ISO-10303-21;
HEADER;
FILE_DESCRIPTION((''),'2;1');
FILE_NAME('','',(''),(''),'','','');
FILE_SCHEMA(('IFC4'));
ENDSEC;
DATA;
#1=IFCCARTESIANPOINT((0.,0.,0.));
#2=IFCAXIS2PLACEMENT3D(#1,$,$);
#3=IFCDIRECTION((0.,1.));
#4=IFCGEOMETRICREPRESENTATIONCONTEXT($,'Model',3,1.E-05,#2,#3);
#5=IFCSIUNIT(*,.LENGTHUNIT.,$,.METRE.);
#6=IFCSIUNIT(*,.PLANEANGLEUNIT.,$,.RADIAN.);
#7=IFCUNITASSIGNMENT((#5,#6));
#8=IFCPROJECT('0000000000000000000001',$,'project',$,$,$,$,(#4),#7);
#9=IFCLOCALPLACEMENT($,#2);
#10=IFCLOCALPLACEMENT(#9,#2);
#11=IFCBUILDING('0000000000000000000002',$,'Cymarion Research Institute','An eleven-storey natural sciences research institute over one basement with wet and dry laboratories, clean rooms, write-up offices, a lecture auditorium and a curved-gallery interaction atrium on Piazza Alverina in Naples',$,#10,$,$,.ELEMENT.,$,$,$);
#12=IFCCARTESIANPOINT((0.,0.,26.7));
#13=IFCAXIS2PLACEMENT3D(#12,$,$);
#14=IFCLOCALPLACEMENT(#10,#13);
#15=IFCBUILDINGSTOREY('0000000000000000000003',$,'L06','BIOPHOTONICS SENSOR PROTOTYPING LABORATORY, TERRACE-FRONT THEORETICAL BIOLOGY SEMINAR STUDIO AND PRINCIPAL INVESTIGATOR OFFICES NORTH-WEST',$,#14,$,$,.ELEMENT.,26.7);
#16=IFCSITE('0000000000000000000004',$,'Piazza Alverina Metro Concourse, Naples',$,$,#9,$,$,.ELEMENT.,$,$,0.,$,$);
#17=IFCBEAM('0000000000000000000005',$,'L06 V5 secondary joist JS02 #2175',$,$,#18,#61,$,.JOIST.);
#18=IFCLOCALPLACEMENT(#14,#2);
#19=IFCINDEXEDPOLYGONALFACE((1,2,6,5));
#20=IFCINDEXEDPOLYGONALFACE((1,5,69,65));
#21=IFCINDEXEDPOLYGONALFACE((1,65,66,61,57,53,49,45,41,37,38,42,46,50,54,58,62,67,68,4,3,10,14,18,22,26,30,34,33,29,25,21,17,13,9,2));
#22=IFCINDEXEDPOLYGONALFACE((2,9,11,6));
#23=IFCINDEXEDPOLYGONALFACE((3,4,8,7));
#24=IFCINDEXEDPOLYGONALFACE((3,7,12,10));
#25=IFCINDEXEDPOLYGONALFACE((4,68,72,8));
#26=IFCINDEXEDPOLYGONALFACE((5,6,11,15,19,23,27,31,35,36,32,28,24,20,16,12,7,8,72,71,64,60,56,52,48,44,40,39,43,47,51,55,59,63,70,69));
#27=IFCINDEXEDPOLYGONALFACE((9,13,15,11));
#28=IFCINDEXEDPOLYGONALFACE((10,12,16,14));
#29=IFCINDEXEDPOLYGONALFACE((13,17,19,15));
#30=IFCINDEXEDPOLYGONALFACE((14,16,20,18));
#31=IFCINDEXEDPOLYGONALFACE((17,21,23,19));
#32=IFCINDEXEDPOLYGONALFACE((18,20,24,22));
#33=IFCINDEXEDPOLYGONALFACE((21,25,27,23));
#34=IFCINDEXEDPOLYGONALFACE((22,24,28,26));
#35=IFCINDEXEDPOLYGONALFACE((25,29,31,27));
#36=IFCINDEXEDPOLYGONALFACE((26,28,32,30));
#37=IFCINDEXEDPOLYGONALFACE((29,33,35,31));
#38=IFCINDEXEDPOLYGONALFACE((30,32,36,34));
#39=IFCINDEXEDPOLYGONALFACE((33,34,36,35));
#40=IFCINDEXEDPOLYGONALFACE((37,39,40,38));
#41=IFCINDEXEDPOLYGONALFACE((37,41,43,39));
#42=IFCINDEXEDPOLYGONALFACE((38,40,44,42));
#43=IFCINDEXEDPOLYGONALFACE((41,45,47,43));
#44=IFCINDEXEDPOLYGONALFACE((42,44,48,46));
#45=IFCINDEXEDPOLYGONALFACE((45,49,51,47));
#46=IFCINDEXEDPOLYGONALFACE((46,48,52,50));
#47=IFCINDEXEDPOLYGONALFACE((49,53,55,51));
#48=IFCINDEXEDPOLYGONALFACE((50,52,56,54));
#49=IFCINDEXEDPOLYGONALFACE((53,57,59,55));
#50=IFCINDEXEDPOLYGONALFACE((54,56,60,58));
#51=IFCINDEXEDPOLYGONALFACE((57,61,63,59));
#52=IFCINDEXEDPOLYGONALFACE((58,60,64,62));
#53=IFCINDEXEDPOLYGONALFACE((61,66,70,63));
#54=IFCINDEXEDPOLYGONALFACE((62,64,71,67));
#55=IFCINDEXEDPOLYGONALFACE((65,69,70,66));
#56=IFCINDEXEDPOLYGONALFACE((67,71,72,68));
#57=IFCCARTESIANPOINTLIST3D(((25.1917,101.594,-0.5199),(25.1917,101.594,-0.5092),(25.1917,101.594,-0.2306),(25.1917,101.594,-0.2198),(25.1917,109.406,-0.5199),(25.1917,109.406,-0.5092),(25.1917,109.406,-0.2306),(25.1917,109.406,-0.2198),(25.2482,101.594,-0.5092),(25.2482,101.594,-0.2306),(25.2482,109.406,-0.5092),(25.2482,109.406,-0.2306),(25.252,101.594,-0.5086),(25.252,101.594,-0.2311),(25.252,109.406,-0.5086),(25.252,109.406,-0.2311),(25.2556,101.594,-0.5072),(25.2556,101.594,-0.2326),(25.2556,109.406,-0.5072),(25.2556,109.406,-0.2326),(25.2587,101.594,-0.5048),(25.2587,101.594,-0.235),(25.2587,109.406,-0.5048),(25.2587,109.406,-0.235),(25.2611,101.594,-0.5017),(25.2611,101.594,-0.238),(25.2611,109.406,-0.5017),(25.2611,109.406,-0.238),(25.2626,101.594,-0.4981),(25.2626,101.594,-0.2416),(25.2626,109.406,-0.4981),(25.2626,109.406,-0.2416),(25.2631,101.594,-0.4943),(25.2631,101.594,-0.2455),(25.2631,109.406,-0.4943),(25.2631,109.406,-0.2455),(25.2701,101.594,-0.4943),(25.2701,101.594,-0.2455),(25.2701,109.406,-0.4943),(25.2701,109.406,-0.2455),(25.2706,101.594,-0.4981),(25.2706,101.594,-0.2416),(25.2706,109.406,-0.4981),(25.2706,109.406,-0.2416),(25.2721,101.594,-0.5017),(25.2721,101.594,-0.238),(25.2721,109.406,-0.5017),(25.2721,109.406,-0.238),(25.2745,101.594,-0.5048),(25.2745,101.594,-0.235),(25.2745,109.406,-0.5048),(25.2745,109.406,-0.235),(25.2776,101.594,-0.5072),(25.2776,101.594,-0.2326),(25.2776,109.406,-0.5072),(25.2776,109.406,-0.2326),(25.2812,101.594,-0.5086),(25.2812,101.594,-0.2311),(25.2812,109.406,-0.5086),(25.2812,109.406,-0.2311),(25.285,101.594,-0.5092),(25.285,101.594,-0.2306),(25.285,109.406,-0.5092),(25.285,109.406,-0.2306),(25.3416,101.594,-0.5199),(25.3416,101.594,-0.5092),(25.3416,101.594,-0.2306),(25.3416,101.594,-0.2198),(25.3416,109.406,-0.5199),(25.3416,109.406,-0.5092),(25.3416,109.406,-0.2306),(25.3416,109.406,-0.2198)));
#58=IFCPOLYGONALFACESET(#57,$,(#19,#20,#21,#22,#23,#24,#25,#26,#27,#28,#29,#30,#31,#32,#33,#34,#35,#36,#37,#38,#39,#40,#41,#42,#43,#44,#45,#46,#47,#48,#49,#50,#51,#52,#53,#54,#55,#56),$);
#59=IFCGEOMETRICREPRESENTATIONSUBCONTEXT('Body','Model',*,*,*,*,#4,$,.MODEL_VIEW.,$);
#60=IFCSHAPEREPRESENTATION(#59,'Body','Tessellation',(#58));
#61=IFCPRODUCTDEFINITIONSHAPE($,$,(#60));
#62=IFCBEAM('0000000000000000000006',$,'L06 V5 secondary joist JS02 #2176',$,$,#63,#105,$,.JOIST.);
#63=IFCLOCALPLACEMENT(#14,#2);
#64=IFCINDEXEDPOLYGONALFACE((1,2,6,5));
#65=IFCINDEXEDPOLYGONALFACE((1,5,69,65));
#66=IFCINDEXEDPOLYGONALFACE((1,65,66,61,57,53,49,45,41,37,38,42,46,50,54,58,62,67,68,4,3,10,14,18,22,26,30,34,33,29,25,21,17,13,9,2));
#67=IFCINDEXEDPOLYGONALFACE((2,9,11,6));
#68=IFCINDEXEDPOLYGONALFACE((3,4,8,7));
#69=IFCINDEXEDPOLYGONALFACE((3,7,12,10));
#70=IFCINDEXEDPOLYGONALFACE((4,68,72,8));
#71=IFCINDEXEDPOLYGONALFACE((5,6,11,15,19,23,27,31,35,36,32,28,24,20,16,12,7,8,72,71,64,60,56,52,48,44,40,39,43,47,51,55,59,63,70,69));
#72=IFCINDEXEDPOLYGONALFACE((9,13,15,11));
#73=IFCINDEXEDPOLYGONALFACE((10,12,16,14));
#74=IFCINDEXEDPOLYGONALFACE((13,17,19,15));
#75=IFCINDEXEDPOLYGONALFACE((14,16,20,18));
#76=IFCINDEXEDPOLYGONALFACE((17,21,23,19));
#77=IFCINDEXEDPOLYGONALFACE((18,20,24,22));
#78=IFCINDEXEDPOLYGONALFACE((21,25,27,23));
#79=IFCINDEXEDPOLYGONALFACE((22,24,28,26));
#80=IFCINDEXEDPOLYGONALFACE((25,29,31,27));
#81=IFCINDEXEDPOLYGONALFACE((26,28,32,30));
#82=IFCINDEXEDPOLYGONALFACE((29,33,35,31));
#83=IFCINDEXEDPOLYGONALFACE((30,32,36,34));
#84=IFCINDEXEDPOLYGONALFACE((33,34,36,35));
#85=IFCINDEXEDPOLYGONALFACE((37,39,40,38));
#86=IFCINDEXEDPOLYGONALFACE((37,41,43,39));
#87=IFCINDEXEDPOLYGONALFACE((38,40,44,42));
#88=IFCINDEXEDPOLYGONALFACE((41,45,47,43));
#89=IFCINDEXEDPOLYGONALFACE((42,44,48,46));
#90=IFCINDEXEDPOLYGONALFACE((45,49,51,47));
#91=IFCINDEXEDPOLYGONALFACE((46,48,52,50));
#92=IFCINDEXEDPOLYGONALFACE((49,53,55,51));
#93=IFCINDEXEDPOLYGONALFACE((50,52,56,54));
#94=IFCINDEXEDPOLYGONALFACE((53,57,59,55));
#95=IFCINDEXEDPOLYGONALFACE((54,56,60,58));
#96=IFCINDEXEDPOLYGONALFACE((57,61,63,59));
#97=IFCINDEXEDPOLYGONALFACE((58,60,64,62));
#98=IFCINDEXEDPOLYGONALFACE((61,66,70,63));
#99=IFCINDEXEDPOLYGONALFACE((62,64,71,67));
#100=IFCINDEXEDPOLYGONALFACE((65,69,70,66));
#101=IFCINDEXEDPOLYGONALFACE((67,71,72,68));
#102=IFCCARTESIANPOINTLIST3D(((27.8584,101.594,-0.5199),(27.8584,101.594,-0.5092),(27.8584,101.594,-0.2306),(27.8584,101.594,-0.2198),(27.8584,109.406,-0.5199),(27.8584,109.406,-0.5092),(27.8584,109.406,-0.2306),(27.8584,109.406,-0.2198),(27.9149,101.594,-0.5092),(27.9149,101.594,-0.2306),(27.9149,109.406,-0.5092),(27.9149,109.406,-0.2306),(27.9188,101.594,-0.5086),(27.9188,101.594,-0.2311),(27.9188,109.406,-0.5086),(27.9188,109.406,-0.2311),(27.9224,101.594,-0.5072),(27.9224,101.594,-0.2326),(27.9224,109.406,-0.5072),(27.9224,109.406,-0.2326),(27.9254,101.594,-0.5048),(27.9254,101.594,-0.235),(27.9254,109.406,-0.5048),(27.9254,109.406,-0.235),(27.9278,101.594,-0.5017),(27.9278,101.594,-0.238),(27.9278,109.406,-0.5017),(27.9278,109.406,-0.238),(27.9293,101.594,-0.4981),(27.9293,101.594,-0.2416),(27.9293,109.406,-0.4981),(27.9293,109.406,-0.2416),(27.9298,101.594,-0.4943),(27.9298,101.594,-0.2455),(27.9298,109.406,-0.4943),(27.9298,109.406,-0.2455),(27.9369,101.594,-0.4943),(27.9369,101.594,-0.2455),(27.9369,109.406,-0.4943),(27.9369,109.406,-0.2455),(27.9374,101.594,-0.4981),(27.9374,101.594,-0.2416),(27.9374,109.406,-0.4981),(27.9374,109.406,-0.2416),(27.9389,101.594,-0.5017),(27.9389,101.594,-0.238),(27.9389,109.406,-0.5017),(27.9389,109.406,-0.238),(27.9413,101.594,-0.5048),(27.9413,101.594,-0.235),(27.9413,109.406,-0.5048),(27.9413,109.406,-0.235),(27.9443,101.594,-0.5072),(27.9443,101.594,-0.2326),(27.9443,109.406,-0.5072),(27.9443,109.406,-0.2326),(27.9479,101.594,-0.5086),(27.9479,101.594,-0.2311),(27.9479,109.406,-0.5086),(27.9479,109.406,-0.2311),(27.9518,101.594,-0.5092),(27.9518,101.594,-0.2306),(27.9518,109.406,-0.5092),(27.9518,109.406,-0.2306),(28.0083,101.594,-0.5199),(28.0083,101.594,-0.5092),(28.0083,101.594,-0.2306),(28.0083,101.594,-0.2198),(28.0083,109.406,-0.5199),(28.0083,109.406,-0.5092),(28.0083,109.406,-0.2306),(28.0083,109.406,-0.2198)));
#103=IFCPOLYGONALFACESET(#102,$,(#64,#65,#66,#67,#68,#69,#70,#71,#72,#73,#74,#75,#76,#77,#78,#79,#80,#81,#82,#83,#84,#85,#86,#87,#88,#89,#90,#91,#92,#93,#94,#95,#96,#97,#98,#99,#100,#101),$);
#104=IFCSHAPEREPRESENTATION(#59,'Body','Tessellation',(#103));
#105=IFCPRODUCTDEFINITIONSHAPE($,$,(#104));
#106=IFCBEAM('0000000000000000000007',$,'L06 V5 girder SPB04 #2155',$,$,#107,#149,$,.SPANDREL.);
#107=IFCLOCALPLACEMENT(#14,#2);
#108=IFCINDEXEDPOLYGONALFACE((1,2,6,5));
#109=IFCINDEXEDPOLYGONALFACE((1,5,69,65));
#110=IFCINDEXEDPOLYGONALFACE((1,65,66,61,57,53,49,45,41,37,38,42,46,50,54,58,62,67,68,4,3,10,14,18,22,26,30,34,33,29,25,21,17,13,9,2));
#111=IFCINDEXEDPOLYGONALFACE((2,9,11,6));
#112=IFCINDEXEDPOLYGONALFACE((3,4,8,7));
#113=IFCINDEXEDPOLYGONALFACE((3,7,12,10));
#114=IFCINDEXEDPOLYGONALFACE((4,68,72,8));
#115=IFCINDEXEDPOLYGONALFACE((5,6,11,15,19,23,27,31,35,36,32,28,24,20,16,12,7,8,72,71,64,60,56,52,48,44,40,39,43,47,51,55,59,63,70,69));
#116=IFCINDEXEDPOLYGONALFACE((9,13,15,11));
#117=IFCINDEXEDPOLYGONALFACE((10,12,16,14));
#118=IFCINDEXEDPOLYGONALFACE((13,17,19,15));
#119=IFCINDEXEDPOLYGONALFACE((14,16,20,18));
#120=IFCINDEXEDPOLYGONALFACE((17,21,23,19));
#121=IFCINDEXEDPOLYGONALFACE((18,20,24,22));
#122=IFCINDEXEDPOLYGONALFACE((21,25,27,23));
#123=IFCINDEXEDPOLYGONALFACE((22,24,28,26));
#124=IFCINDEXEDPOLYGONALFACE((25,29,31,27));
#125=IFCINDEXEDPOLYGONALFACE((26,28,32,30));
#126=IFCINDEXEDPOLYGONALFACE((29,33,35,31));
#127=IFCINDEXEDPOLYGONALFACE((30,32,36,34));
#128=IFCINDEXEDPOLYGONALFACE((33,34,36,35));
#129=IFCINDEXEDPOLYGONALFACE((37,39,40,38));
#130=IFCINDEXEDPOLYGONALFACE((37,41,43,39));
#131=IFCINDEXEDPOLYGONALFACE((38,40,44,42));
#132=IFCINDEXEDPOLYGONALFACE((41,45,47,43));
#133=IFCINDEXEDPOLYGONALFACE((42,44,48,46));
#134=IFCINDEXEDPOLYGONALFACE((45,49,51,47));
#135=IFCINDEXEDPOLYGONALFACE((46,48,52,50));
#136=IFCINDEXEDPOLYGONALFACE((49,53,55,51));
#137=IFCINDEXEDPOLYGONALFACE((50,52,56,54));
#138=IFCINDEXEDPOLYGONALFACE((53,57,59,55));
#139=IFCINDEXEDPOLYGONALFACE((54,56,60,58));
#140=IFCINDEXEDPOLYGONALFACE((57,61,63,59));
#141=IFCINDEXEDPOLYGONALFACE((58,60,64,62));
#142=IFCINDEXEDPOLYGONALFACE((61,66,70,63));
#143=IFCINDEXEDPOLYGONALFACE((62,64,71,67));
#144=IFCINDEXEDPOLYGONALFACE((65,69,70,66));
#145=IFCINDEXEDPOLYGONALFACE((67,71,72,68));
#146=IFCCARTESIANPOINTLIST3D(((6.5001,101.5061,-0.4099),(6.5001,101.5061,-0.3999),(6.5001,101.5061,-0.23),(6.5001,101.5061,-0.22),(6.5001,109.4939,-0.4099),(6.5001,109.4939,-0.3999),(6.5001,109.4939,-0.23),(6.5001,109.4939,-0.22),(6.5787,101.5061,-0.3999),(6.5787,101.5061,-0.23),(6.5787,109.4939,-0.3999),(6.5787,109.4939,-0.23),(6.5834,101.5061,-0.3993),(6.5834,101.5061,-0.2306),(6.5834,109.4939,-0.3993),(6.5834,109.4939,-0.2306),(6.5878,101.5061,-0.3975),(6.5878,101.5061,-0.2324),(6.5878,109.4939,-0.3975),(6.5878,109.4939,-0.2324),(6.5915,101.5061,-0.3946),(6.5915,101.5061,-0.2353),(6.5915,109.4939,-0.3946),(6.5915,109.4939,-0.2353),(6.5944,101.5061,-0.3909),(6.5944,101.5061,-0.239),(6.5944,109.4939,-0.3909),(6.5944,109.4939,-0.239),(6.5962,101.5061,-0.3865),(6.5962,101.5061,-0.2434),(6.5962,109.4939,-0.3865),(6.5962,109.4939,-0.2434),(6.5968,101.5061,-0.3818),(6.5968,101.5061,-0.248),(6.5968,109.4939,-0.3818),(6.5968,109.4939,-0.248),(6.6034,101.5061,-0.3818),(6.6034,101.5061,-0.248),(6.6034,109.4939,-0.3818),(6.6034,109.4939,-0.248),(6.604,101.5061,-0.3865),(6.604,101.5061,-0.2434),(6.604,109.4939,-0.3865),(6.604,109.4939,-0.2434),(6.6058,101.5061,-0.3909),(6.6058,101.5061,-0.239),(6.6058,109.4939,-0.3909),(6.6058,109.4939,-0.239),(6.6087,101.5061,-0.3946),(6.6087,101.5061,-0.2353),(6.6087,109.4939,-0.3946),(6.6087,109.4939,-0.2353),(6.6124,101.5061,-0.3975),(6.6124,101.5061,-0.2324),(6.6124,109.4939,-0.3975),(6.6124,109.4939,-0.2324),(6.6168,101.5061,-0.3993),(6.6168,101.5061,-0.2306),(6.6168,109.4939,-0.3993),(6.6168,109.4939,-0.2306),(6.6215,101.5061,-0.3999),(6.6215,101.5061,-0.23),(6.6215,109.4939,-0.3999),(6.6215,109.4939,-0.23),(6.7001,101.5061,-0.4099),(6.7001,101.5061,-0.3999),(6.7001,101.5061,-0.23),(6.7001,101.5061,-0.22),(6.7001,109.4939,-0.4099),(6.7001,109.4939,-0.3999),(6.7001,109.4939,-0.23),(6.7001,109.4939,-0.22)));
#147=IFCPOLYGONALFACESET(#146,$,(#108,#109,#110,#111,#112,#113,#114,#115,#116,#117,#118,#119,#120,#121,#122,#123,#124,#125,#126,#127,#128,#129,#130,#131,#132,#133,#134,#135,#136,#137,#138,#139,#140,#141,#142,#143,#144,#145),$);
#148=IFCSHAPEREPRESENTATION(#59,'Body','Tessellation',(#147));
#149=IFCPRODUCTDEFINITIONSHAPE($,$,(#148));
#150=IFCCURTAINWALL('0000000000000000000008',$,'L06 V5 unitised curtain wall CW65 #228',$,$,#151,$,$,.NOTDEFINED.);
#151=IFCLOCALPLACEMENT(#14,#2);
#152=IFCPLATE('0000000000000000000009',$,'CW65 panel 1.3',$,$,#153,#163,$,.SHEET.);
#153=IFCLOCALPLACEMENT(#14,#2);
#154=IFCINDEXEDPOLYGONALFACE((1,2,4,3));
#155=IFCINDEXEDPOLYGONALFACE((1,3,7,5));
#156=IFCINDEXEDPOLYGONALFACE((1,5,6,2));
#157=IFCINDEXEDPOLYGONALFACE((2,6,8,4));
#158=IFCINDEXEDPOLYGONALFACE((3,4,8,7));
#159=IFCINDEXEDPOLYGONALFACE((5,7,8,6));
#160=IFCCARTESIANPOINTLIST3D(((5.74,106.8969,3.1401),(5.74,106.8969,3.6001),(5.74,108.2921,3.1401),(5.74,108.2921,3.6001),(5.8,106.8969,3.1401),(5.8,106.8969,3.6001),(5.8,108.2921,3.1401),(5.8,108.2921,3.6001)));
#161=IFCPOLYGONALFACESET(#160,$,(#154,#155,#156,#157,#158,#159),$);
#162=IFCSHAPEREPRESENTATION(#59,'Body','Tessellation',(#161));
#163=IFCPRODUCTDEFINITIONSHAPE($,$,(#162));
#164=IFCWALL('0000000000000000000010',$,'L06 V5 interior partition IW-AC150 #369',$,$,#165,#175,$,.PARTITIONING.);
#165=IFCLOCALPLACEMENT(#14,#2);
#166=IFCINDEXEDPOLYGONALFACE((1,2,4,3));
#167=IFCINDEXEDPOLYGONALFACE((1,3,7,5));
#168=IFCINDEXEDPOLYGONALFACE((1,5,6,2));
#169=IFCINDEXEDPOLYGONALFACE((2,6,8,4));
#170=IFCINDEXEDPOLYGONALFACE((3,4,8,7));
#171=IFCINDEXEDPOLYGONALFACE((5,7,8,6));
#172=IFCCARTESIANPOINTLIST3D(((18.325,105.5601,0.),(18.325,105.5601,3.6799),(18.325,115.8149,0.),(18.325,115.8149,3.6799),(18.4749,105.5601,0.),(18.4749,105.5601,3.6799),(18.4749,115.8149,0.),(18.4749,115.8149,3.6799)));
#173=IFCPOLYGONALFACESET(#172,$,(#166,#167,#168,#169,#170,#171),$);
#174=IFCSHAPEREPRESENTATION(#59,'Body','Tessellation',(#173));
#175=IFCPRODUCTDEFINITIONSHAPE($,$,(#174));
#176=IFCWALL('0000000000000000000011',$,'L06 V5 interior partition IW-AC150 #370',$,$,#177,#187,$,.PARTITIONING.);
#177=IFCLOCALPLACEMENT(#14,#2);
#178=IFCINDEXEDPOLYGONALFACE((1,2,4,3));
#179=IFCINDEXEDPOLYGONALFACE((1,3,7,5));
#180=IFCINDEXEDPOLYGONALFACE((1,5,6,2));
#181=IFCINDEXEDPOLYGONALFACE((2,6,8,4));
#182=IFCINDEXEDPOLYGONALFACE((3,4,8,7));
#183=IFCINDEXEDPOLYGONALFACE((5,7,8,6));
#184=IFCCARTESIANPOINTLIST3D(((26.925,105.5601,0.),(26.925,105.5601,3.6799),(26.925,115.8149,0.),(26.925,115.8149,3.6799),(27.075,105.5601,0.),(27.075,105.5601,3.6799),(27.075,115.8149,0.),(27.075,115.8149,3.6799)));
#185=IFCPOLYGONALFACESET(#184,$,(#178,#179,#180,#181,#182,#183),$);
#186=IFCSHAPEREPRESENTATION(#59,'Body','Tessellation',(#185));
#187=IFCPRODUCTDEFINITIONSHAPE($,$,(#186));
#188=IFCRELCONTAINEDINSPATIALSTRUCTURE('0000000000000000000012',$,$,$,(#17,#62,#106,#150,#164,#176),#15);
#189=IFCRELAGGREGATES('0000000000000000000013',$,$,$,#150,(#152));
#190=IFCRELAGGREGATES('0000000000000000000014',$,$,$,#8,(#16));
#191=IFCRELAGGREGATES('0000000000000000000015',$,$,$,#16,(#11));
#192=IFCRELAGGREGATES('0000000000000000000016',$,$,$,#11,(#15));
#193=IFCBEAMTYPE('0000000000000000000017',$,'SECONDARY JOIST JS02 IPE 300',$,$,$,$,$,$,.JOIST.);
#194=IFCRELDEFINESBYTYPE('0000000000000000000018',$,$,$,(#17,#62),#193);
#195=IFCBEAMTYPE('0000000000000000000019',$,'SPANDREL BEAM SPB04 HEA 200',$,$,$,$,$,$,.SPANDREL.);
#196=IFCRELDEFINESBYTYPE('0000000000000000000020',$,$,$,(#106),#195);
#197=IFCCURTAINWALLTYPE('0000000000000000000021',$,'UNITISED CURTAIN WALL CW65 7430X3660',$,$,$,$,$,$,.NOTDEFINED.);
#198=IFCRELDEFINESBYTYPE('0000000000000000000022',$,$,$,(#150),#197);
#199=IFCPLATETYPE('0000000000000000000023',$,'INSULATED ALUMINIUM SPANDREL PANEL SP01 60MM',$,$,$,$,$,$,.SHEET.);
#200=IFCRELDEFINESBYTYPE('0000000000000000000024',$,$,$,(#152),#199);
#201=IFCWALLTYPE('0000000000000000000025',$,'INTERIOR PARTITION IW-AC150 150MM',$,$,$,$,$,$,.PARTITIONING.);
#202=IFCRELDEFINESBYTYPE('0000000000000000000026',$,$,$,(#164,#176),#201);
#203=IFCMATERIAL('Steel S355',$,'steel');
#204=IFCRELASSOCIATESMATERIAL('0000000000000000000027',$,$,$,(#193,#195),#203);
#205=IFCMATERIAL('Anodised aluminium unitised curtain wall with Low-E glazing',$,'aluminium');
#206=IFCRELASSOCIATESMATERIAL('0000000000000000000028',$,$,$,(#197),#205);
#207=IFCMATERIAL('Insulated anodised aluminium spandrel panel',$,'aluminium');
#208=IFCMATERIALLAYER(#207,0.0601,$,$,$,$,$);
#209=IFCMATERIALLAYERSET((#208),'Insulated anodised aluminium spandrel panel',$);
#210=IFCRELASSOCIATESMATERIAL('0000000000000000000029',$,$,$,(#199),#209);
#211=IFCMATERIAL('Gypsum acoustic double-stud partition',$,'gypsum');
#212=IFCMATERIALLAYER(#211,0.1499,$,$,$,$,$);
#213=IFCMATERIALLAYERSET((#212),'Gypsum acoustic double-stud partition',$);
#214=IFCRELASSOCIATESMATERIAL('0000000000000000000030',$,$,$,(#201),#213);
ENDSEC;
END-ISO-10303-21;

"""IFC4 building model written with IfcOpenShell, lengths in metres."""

from ifc_helpers import new_model, si_unit, direction, frame, frame_2d, origin, origin_2d, place, context, subcontext, project, spatial, rectangle, i_section, extrude, material, layer, layer_set, material_profile, profile_set, type_object, element, aggregate, save


model = new_model("IFC4")

# Units and contexts
model_context = context("Model", 3, precision=1e-05, world=origin(), true_north=direction((0.0, 1.0)))
body_context = subcontext(model_context, "Body", "Model", "MODEL_VIEW")
ifc_project = project(units=[si_unit("LENGTHUNIT", "METRE"), si_unit("PLANEANGLEUNIT", "RADIAN")], contexts=[model_context])

# Site, building, storey
site_placement = place(None, origin())
site = spatial("IfcSite", under=ifc_project, at=site_placement, Name="Piazza Alverina Metro Concourse, Naples", CompositionType="ELEMENT", RefElevation=0.0)
building_placement = place(site_placement, origin())
building = spatial("IfcBuilding", under=site, at=building_placement, Name="Cymarion Research Institute", Description="An eleven-storey natural sciences research institute over one basement with wet and dry laboratories, clean rooms, write-up offices, a lecture auditorium and a curved-gallery interaction atrium on Piazza Alverina in Naples", CompositionType="ELEMENT")
storey_placement = place(building_placement, frame((0.0, 0.0, 26.7)))
storey = spatial("IfcBuildingStorey", under=building, at=storey_placement, Name="L06", Description="BIOPHOTONICS SENSOR PROTOTYPING LABORATORY, TERRACE-FRONT THEORETICAL BIOLOGY SEMINAR STUDIO AND PRINCIPAL INVESTIGATOR OFFICES NORTH-WEST", CompositionType="ELEMENT", Elevation=26.7)

# Shared definitions
ifc_material_1 = material(Name="Steel S355", Category="steel")

# Beams
ifc_material_profile_1 = material_profile(ifc_material_1, i_section(OverallWidth=0.1499, OverallDepth=0.3, WebThickness=0.0071, FlangeThickness=0.0107, FilletRadius=0.0149, at=origin_2d()), Name="IPE 300")
ifc_profile_set_1 = profile_set([ifc_material_profile_1], Name="Steel S355")
beam_type_1 = type_object("IfcBeamType", Name="SECONDARY JOIST JS02 IPE 300", PredefinedType="JOIST", material=ifc_profile_set_1)
for number, where, z_axis, x_axis, name in (
    (1, (25.2666, 101.594, -0.3699), (0.0, 1.0, 0.0), (-1.0, 0.0, 0.0), "L06 V5 secondary joist JS02 #2175"),
    (2, (27.9333, 101.594, -0.3699), (0.0, 1.0, 0.0), (-1.0, 0.0, 0.0), "L06 V5 secondary joist JS02 #2176"),
):
    element("IfcBeam", number, at=place(storey_placement, frame(where, z_axis=z_axis, x_axis=x_axis)), inside=storey, type_object=beam_type_1, Name=name, PredefinedType="JOIST", context=body_context, shape_type="SweptSolid", body=[
        extrude(i_section(OverallWidth=0.1499, OverallDepth=0.3, WebThickness=0.0071, FlangeThickness=0.0107, FilletRadius=0.0149, at=origin_2d()), origin(), (0.0, 0.0, 1.0), 7.812),
    ])
ifc_material_profile_2 = material_profile(ifc_material_1, i_section(OverallWidth=0.2, OverallDepth=0.1899, WebThickness=0.0066, FlangeThickness=0.01, FilletRadius=0.0181, at=origin_2d()), Name="HEA 200")
ifc_profile_set_2 = profile_set([ifc_material_profile_2], Name="Steel S355")
beam_type_2 = type_object("IfcBeamType", Name="SPANDREL BEAM SPB04 HEA 200", PredefinedType="SPANDREL", material=ifc_profile_set_2)
beam_1_placement = place(storey_placement, frame((6.6001, 101.5061, -0.3149), z_axis=(0.0, 1.0, 0.0), x_axis=(-1.0, 0.0, 0.0)))
element("IfcBeam", 3, at=beam_1_placement, inside=storey, type_object=beam_type_2, Name="L06 V5 girder SPB04 #2155", PredefinedType="SPANDREL", context=body_context, shape_type="SweptSolid", body=[
    extrude(i_section(OverallWidth=0.2, OverallDepth=0.1899, WebThickness=0.0066, FlangeThickness=0.01, FilletRadius=0.0181, at=origin_2d()), origin(), (0.0, 0.0, 1.0), 7.9878),
])

# Curtain wall, plate
ifc_material_2 = material(Name="Anodised aluminium unitised curtain wall with Low-E glazing", Category="aluminium")
curtain_wall_type = type_object("IfcCurtainWallType", Name="UNITISED CURTAIN WALL CW65 7430X3660", PredefinedType="NOTDEFINED", material=ifc_material_2)
curtain_wall_placement = place(storey_placement, origin())
curtain_wall = element("IfcCurtainWall", 4, at=curtain_wall_placement, inside=storey, type_object=curtain_wall_type, Name="L06 V5 unitised curtain wall CW65 #228", PredefinedType="NOTDEFINED")
ifc_material_3 = material(Name="Insulated anodised aluminium spandrel panel", Category="aluminium")
ifc_layer_1 = layer(ifc_material_3, 0.0601)
ifc_layer_set_1 = layer_set([ifc_layer_1], Name="Insulated anodised aluminium spandrel panel")
plate_type = type_object("IfcPlateType", Name="INSULATED ALUMINIUM SPANDREL PANEL SP01 60MM", PredefinedType="SHEET", material=ifc_layer_set_1)
plate_placement = place(storey_placement, frame((5.77, 107.5945, 3.1401), z_axis=(0.0, 0.0, 1.0), x_axis=(0.0, -1.0, 0.0)))
plate = element("IfcPlate", 5, at=plate_placement, type_object=plate_type, Name="CW65 panel 1.3", PredefinedType="SHEET", context=body_context, shape_type="SweptSolid", body=[
    extrude(rectangle(XDim=1.3953, YDim=0.0601, at=origin_2d()), origin(), (0.0, 0.0, 1.0), 0.46),
])
aggregate(curtain_wall, [plate])

# Walls
ifc_material_4 = material(Name="Gypsum acoustic double-stud partition", Category="gypsum")
ifc_layer_2 = layer(ifc_material_4, 0.1499)
ifc_layer_set_2 = layer_set([ifc_layer_2], Name="Gypsum acoustic double-stud partition")
wall_type_1 = type_object("IfcWallType", Name="INTERIOR PARTITION IW-AC150 150MM", PredefinedType="PARTITIONING", material=ifc_layer_set_2)
for number, where, z_axis, x_axis, name in (
    (6, (18.3999, 105.5601, 0.0), (0.0, 0.0, 1.0), (0.0, 1.0, 0.0), "L06 V5 interior partition IW-AC150 #369"),
    (7, (27.0, 105.5601, 0.0), (0.0, 0.0, 1.0), (0.0, 1.0, 0.0), "L06 V5 interior partition IW-AC150 #370"),
):
    element("IfcWall", number, at=place(storey_placement, frame(where, z_axis=z_axis, x_axis=x_axis)), inside=storey, type_object=wall_type_1, Name=name, PredefinedType="PARTITIONING", context=body_context, shape_type="SweptSolid", body=[
        extrude(rectangle(XDim=10.2549, YDim=0.1499, at=frame_2d((5.1274, 0.0))), origin(), (0.0, 0.0, 1.0), 3.6799),
    ])

save(model, "model.ifc")
